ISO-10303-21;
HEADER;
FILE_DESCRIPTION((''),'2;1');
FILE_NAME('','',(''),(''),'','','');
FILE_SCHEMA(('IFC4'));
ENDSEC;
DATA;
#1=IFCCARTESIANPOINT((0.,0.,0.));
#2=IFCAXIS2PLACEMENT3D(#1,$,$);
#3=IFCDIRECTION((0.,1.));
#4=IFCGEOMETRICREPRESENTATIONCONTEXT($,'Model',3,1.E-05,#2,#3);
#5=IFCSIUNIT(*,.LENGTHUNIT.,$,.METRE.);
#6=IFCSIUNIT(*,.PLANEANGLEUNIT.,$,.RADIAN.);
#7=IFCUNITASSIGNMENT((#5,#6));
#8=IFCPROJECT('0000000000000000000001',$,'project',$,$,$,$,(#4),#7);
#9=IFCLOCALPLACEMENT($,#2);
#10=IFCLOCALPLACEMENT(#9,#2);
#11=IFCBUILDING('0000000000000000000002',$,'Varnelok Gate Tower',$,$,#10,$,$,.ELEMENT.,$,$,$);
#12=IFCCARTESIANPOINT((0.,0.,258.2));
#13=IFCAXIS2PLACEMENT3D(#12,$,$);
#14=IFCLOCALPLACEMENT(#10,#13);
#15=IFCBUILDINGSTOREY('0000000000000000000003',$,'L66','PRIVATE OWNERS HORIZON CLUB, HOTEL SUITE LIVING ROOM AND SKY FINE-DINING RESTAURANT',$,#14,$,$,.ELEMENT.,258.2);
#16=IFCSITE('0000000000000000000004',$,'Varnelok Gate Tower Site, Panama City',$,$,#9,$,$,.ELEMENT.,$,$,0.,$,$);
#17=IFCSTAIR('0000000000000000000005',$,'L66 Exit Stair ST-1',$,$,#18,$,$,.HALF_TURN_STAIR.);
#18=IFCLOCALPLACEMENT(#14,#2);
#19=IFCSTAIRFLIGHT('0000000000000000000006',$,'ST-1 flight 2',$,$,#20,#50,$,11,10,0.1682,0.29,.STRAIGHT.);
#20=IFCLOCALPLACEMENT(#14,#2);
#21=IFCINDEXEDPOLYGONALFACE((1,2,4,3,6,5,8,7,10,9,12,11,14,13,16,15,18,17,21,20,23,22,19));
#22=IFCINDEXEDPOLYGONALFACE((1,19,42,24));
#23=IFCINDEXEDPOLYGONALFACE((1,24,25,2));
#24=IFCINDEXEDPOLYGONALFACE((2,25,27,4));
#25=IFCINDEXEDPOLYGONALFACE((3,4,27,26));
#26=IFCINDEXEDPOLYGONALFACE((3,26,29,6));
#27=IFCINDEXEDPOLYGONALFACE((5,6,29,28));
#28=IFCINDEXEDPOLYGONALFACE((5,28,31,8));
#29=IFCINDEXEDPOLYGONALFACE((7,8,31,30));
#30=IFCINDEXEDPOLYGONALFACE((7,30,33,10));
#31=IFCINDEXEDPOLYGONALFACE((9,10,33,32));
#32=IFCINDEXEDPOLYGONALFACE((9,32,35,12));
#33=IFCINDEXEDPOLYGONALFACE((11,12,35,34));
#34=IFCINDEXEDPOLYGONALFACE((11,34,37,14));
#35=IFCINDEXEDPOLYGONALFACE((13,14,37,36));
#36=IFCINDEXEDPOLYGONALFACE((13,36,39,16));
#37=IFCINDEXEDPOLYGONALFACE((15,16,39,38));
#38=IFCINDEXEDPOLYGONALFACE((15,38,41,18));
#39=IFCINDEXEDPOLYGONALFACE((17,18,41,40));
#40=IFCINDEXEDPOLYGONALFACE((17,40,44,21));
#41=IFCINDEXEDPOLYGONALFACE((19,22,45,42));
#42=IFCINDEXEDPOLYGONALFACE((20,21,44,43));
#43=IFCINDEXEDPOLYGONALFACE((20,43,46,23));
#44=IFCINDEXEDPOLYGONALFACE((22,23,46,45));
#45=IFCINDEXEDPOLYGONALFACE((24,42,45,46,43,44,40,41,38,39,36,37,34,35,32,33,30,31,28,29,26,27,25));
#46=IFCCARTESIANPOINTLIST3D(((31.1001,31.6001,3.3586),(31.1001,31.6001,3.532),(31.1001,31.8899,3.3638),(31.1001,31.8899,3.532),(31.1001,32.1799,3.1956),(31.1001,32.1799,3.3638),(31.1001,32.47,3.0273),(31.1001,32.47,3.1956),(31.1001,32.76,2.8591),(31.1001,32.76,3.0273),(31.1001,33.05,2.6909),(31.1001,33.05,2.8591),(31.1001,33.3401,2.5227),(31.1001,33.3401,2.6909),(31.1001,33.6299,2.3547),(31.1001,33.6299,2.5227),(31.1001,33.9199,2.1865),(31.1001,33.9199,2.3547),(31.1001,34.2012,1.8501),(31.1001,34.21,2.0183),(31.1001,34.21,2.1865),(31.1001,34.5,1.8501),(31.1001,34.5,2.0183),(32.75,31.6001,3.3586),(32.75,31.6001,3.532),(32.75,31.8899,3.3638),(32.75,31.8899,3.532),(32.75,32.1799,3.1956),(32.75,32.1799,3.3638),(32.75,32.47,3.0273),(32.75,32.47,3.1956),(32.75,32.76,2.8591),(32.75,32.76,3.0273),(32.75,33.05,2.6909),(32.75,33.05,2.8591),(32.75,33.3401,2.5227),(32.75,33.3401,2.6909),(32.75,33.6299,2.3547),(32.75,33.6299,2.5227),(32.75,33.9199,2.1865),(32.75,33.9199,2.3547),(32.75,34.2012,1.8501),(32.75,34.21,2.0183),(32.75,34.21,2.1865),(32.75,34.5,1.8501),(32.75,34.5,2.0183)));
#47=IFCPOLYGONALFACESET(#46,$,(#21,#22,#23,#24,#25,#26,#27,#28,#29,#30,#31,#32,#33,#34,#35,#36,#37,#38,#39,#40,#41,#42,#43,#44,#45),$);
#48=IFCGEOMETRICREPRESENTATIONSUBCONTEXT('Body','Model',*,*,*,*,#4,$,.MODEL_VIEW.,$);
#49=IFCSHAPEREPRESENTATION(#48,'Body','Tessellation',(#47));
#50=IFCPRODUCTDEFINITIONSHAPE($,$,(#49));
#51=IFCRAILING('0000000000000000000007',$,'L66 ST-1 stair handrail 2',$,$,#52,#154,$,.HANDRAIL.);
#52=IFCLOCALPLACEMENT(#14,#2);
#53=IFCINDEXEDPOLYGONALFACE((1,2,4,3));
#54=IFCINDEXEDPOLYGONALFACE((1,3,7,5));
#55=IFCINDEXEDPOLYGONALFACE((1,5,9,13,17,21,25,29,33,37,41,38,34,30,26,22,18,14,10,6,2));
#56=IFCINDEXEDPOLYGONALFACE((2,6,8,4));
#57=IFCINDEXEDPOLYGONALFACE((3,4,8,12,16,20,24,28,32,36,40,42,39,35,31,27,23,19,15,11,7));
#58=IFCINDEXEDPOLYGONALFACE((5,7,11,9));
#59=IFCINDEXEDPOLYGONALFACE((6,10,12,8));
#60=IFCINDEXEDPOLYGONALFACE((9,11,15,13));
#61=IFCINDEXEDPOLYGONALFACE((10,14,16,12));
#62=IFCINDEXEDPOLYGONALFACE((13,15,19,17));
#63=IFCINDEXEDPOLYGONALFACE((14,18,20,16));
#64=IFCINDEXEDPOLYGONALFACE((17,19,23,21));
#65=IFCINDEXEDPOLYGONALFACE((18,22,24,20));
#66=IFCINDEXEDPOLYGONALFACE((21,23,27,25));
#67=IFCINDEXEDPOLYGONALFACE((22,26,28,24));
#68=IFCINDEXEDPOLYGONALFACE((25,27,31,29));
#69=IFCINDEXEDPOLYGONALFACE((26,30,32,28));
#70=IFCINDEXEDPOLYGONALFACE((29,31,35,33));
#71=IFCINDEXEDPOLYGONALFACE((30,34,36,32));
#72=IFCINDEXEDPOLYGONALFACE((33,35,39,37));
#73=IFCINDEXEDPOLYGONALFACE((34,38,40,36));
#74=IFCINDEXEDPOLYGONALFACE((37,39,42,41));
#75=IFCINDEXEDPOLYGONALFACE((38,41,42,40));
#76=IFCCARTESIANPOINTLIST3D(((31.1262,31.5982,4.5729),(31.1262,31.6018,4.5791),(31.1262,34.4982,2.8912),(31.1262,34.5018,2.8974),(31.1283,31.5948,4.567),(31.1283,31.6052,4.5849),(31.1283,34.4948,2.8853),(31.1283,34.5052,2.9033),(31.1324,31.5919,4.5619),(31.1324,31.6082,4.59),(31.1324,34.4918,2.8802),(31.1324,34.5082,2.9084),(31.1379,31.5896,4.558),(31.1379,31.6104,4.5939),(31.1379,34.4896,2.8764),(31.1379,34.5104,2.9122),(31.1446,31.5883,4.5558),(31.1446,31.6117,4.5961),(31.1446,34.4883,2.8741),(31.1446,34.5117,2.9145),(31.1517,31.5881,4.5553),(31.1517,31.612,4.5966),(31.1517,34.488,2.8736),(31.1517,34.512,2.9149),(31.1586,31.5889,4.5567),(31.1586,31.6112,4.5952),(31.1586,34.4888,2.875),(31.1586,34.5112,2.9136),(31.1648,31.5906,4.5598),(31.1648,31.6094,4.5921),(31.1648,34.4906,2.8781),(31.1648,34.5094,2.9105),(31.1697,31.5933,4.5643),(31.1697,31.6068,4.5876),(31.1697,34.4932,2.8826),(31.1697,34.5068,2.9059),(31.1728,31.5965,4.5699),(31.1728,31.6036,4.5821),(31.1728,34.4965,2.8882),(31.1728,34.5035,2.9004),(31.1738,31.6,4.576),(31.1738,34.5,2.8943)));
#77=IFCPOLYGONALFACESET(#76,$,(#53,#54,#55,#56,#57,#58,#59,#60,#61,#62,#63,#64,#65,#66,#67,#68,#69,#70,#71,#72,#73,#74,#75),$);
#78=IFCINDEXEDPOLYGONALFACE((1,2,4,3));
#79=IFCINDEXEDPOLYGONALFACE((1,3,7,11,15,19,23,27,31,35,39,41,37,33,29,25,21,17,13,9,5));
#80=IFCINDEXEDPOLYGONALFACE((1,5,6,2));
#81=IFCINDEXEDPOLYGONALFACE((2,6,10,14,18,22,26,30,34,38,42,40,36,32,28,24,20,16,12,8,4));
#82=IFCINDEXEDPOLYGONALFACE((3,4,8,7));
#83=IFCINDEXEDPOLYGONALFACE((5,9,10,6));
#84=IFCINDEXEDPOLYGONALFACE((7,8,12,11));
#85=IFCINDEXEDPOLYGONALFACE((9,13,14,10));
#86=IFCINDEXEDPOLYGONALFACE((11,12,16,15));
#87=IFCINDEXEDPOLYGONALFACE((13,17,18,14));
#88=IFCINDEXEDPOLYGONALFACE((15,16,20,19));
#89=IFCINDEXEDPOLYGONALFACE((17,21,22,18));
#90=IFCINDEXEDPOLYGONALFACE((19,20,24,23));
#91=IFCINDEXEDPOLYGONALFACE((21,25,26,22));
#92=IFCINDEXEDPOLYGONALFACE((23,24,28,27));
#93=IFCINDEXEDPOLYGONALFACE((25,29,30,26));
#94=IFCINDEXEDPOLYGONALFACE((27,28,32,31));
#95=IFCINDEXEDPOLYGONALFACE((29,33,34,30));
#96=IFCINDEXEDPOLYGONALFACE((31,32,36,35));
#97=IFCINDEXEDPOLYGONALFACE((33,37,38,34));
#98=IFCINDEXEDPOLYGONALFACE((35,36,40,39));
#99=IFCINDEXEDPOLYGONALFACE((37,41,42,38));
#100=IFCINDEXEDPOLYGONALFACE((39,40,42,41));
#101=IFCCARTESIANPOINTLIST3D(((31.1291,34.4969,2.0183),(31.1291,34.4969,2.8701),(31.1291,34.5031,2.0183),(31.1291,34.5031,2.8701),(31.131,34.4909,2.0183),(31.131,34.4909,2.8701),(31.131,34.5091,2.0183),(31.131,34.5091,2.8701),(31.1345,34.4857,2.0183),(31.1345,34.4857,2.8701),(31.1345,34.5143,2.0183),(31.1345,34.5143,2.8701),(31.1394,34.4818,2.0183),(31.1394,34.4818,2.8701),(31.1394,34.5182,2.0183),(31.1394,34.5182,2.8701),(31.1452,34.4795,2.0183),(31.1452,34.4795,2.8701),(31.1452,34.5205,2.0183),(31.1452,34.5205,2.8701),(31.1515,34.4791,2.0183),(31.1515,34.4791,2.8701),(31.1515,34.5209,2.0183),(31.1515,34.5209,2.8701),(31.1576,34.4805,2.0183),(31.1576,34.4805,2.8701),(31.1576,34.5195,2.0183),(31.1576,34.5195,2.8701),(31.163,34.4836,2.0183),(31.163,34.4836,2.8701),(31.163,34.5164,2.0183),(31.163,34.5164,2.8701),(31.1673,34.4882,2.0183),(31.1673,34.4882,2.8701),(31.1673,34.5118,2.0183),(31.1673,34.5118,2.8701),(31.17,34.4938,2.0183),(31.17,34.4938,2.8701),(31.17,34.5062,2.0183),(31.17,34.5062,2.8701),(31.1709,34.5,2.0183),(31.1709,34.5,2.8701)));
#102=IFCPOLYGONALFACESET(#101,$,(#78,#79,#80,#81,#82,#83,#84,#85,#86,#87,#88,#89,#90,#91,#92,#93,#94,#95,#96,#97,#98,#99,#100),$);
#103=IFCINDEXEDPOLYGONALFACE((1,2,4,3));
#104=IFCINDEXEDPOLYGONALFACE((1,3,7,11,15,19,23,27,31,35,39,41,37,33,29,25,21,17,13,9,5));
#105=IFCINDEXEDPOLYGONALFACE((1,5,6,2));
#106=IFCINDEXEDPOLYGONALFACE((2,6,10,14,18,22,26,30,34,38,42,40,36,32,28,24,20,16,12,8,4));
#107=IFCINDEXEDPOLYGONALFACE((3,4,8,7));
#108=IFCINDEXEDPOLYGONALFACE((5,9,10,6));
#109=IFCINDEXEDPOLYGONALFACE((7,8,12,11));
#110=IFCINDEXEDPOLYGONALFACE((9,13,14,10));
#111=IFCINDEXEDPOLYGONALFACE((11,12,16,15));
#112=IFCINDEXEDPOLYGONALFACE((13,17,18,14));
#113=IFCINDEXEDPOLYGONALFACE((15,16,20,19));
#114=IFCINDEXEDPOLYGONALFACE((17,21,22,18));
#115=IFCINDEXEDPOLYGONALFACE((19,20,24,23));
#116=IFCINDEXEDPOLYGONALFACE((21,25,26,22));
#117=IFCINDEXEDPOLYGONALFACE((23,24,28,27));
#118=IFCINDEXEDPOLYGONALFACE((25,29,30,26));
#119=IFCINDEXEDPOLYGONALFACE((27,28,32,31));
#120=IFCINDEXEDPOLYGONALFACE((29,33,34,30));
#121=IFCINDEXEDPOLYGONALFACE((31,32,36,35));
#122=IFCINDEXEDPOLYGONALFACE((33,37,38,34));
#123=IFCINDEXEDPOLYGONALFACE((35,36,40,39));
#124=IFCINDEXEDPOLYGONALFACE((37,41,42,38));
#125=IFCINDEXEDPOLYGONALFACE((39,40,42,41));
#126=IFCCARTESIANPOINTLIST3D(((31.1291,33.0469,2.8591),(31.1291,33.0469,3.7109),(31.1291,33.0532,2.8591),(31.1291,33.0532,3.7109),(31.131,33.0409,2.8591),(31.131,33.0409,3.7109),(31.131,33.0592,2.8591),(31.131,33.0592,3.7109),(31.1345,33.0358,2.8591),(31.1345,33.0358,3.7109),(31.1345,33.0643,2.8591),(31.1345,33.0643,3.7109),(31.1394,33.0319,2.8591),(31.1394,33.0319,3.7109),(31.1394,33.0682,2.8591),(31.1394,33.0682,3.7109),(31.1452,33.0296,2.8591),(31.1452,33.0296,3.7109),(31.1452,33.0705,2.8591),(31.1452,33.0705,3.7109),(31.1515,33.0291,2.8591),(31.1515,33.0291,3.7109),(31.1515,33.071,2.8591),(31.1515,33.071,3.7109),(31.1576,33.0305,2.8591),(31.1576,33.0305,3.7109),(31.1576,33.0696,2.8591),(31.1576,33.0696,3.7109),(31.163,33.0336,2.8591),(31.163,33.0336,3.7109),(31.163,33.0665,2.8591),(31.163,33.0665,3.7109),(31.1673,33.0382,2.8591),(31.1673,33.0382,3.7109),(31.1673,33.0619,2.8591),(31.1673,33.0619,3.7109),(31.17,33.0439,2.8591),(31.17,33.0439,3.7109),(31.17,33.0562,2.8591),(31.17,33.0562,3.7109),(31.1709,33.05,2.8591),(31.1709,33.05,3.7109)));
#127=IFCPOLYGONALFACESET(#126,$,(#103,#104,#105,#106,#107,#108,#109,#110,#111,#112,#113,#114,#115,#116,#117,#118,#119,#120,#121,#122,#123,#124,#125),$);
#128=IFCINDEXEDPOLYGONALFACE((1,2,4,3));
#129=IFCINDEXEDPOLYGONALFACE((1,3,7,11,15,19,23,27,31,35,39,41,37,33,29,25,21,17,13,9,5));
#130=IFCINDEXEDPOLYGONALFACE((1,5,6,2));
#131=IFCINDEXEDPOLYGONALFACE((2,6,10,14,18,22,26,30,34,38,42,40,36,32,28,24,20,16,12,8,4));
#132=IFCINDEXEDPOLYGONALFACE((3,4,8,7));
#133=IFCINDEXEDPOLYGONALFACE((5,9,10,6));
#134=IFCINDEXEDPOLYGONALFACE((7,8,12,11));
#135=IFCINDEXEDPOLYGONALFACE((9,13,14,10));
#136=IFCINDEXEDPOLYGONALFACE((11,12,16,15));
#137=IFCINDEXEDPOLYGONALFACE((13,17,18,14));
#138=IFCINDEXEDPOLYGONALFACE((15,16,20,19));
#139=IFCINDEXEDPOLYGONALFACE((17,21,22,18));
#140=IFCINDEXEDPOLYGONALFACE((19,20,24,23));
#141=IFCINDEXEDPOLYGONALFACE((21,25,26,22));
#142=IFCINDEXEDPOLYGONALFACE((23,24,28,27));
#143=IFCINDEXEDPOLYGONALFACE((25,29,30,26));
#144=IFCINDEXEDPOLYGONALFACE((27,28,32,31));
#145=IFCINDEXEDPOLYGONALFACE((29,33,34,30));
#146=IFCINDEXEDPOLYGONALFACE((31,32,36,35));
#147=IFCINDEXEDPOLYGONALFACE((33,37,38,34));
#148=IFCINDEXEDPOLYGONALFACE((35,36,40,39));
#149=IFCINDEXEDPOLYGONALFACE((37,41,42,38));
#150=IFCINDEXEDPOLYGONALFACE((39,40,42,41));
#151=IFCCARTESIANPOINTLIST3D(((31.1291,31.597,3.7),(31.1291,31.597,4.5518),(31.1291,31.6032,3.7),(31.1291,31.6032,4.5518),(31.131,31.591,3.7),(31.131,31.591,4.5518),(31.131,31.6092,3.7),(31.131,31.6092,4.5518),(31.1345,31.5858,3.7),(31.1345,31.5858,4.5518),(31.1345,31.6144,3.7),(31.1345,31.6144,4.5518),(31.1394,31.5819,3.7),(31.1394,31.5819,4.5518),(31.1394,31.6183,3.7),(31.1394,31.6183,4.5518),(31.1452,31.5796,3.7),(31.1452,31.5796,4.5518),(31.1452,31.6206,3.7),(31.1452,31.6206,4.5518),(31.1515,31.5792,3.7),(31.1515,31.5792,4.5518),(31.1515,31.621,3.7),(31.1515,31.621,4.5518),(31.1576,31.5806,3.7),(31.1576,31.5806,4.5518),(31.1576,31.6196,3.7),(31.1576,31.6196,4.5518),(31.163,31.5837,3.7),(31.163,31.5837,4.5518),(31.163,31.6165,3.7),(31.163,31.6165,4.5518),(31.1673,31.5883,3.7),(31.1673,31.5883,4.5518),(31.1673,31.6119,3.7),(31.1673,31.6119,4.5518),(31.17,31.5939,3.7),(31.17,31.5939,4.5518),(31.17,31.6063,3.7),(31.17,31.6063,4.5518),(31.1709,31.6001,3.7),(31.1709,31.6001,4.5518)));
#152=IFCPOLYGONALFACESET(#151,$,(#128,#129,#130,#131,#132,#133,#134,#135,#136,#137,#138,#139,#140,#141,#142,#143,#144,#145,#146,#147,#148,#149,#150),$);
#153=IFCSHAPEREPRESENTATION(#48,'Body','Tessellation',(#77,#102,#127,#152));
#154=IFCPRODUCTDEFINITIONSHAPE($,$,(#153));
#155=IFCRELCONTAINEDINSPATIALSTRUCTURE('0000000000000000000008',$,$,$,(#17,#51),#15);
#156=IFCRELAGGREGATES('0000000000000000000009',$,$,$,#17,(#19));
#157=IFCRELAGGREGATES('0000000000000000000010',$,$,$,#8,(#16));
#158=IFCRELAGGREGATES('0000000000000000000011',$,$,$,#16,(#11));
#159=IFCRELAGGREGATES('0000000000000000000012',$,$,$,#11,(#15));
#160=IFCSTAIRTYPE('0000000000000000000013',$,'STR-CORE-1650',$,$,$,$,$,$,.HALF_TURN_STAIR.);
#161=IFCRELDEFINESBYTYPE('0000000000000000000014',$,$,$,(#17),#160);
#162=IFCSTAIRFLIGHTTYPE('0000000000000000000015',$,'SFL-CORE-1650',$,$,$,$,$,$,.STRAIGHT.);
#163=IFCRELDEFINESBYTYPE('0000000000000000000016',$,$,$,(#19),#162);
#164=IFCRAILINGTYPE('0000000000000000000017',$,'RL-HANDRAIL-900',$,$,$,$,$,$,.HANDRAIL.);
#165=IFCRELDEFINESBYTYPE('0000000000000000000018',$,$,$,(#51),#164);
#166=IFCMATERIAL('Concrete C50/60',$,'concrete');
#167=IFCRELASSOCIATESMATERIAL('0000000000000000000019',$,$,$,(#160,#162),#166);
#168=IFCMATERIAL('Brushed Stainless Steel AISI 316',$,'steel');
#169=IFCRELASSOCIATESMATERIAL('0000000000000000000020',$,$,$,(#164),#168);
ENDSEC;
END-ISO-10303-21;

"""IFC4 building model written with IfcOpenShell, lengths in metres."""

from ifc_helpers import new_model, si_unit, direction, frame, origin, origin_2d, place, context, subcontext, project, spatial, polyline, circle, outline, extrude, material, type_object, element, aggregate, save


model = new_model("IFC4")

# Units and contexts
model_context = context("Model", 3, precision=1e-05, world=origin(), true_north=direction((0.0, 1.0)))
body_context = subcontext(model_context, "Body", "Model", "MODEL_VIEW")
ifc_project = project(units=[si_unit("LENGTHUNIT", "METRE"), si_unit("PLANEANGLEUNIT", "RADIAN")], contexts=[model_context])

# Site, building, storey
site_placement = place(None, origin())
site = spatial("IfcSite", under=ifc_project, at=site_placement, Name="Varnelok Gate Tower Site, Panama City", CompositionType="ELEMENT", RefElevation=0.0)
building_placement = place(site_placement, origin())
building = spatial("IfcBuilding", under=site, at=building_placement, Name="Varnelok Gate Tower", CompositionType="ELEMENT")
storey_placement = place(building_placement, frame((0.0, 0.0, 258.2)))
storey = spatial("IfcBuildingStorey", under=building, at=storey_placement, Name="L66", Description="PRIVATE OWNERS HORIZON CLUB, HOTEL SUITE LIVING ROOM AND SKY FINE-DINING RESTAURANT", CompositionType="ELEMENT", Elevation=258.2)

# Shared definitions
ifc_material_1 = material(Name="Concrete C50/60", Category="concrete")

# Stair, stair flight
stair_type = type_object("IfcStairType", Name="STR-CORE-1650", PredefinedType="HALF_TURN_STAIR", material=ifc_material_1)
stair_placement = place(storey_placement, origin())
stair = element("IfcStair", 1, at=stair_placement, inside=storey, type_object=stair_type, Name="L66 Exit Stair ST-1", PredefinedType="HALF_TURN_STAIR")
stair_flight_type = type_object("IfcStairFlightType", Name="SFL-CORE-1650", PredefinedType="STRAIGHT", material=ifc_material_1)
stair_flight_placement = place(storey_placement, frame((31.925, 34.5, 1.8501), z_axis=(0.0, 0.0, 1.0), x_axis=(0.0, -1.0, 0.0)))
stair_flight = element("IfcStairFlight", 2, at=stair_flight_placement, type_object=stair_flight_type, Name="ST-1 flight 2", NumberOfRisers=11, NumberOfTreads=10, PredefinedType="STRAIGHT", RiserHeight=0.1682, TreadLength=0.29, context=body_context, shape_type="SweptSolid", body=[
    extrude(outline(polyline([(0.0, 0.0), (0.0, 0.1682), (0.29, 0.1682), (0.29, 0.3364), (0.5801, 0.3364), (0.5801, 0.5046), (0.8701, 0.5046), (0.8701, 0.6726), (1.1599, 0.6726), (1.1599, 0.8408), (1.45, 0.8408), (1.45, 1.009), (1.74, 1.009), (1.74, 1.1772), (2.03, 1.1772), (2.03, 1.3455), (2.3201, 1.3455), (2.3201, 1.5137), (2.6101, 1.5137), (2.6101, 1.6819), (2.8999, 1.6819), (2.8999, 1.8501), (2.8999, 1.5085), (0.2988, 0.0), (0.0, 0.0)])), frame((0.0, 0.825, 0.0), z_axis=(0.0, -1.0, 0.0), x_axis=(1.0, 0.0, 0.0)), (0.0, 0.0, 1.0), 1.6499),
])
aggregate(stair, [stair_flight])

# Railing
ifc_material_2 = material(Name="Brushed Stainless Steel AISI 316", Category="steel")
railing_type_1 = type_object("IfcRailingType", Name="RL-HANDRAIL-900", PredefinedType="HANDRAIL", material=ifc_material_2)
railing_1_placement = place(storey_placement, frame((31.1499, 34.5, 2.0183)))
element("IfcRailing", 3, at=railing_1_placement, inside=storey, type_object=railing_type_1, Name="L66 ST-1 stair handrail 2", PredefinedType="HANDRAIL", context=body_context, shape_type="SweptSolid", body=[
    extrude(circle(Radius=0.0239, at=origin_2d()), frame((0.0, 0.0, 0.876), z_axis=(0.0, -0.86507, 0.501651), x_axis=(1.0, 0.0, 0.0)), (0.0, 0.0, 1.0), 3.3523),
    extrude(circle(Radius=0.021, at=origin_2d()), origin(), (0.0, 0.0, 1.0), 0.8518),
    extrude(circle(Radius=0.021, at=origin_2d()), frame((0.0, -1.45, 0.8408)), (0.0, 0.0, 1.0), 0.8518),
    extrude(circle(Radius=0.021, at=origin_2d()), frame((0.0, -2.8999, 1.6816)), (0.0, 0.0, 1.0), 0.8518),
])

save(model, "model.ifc")
